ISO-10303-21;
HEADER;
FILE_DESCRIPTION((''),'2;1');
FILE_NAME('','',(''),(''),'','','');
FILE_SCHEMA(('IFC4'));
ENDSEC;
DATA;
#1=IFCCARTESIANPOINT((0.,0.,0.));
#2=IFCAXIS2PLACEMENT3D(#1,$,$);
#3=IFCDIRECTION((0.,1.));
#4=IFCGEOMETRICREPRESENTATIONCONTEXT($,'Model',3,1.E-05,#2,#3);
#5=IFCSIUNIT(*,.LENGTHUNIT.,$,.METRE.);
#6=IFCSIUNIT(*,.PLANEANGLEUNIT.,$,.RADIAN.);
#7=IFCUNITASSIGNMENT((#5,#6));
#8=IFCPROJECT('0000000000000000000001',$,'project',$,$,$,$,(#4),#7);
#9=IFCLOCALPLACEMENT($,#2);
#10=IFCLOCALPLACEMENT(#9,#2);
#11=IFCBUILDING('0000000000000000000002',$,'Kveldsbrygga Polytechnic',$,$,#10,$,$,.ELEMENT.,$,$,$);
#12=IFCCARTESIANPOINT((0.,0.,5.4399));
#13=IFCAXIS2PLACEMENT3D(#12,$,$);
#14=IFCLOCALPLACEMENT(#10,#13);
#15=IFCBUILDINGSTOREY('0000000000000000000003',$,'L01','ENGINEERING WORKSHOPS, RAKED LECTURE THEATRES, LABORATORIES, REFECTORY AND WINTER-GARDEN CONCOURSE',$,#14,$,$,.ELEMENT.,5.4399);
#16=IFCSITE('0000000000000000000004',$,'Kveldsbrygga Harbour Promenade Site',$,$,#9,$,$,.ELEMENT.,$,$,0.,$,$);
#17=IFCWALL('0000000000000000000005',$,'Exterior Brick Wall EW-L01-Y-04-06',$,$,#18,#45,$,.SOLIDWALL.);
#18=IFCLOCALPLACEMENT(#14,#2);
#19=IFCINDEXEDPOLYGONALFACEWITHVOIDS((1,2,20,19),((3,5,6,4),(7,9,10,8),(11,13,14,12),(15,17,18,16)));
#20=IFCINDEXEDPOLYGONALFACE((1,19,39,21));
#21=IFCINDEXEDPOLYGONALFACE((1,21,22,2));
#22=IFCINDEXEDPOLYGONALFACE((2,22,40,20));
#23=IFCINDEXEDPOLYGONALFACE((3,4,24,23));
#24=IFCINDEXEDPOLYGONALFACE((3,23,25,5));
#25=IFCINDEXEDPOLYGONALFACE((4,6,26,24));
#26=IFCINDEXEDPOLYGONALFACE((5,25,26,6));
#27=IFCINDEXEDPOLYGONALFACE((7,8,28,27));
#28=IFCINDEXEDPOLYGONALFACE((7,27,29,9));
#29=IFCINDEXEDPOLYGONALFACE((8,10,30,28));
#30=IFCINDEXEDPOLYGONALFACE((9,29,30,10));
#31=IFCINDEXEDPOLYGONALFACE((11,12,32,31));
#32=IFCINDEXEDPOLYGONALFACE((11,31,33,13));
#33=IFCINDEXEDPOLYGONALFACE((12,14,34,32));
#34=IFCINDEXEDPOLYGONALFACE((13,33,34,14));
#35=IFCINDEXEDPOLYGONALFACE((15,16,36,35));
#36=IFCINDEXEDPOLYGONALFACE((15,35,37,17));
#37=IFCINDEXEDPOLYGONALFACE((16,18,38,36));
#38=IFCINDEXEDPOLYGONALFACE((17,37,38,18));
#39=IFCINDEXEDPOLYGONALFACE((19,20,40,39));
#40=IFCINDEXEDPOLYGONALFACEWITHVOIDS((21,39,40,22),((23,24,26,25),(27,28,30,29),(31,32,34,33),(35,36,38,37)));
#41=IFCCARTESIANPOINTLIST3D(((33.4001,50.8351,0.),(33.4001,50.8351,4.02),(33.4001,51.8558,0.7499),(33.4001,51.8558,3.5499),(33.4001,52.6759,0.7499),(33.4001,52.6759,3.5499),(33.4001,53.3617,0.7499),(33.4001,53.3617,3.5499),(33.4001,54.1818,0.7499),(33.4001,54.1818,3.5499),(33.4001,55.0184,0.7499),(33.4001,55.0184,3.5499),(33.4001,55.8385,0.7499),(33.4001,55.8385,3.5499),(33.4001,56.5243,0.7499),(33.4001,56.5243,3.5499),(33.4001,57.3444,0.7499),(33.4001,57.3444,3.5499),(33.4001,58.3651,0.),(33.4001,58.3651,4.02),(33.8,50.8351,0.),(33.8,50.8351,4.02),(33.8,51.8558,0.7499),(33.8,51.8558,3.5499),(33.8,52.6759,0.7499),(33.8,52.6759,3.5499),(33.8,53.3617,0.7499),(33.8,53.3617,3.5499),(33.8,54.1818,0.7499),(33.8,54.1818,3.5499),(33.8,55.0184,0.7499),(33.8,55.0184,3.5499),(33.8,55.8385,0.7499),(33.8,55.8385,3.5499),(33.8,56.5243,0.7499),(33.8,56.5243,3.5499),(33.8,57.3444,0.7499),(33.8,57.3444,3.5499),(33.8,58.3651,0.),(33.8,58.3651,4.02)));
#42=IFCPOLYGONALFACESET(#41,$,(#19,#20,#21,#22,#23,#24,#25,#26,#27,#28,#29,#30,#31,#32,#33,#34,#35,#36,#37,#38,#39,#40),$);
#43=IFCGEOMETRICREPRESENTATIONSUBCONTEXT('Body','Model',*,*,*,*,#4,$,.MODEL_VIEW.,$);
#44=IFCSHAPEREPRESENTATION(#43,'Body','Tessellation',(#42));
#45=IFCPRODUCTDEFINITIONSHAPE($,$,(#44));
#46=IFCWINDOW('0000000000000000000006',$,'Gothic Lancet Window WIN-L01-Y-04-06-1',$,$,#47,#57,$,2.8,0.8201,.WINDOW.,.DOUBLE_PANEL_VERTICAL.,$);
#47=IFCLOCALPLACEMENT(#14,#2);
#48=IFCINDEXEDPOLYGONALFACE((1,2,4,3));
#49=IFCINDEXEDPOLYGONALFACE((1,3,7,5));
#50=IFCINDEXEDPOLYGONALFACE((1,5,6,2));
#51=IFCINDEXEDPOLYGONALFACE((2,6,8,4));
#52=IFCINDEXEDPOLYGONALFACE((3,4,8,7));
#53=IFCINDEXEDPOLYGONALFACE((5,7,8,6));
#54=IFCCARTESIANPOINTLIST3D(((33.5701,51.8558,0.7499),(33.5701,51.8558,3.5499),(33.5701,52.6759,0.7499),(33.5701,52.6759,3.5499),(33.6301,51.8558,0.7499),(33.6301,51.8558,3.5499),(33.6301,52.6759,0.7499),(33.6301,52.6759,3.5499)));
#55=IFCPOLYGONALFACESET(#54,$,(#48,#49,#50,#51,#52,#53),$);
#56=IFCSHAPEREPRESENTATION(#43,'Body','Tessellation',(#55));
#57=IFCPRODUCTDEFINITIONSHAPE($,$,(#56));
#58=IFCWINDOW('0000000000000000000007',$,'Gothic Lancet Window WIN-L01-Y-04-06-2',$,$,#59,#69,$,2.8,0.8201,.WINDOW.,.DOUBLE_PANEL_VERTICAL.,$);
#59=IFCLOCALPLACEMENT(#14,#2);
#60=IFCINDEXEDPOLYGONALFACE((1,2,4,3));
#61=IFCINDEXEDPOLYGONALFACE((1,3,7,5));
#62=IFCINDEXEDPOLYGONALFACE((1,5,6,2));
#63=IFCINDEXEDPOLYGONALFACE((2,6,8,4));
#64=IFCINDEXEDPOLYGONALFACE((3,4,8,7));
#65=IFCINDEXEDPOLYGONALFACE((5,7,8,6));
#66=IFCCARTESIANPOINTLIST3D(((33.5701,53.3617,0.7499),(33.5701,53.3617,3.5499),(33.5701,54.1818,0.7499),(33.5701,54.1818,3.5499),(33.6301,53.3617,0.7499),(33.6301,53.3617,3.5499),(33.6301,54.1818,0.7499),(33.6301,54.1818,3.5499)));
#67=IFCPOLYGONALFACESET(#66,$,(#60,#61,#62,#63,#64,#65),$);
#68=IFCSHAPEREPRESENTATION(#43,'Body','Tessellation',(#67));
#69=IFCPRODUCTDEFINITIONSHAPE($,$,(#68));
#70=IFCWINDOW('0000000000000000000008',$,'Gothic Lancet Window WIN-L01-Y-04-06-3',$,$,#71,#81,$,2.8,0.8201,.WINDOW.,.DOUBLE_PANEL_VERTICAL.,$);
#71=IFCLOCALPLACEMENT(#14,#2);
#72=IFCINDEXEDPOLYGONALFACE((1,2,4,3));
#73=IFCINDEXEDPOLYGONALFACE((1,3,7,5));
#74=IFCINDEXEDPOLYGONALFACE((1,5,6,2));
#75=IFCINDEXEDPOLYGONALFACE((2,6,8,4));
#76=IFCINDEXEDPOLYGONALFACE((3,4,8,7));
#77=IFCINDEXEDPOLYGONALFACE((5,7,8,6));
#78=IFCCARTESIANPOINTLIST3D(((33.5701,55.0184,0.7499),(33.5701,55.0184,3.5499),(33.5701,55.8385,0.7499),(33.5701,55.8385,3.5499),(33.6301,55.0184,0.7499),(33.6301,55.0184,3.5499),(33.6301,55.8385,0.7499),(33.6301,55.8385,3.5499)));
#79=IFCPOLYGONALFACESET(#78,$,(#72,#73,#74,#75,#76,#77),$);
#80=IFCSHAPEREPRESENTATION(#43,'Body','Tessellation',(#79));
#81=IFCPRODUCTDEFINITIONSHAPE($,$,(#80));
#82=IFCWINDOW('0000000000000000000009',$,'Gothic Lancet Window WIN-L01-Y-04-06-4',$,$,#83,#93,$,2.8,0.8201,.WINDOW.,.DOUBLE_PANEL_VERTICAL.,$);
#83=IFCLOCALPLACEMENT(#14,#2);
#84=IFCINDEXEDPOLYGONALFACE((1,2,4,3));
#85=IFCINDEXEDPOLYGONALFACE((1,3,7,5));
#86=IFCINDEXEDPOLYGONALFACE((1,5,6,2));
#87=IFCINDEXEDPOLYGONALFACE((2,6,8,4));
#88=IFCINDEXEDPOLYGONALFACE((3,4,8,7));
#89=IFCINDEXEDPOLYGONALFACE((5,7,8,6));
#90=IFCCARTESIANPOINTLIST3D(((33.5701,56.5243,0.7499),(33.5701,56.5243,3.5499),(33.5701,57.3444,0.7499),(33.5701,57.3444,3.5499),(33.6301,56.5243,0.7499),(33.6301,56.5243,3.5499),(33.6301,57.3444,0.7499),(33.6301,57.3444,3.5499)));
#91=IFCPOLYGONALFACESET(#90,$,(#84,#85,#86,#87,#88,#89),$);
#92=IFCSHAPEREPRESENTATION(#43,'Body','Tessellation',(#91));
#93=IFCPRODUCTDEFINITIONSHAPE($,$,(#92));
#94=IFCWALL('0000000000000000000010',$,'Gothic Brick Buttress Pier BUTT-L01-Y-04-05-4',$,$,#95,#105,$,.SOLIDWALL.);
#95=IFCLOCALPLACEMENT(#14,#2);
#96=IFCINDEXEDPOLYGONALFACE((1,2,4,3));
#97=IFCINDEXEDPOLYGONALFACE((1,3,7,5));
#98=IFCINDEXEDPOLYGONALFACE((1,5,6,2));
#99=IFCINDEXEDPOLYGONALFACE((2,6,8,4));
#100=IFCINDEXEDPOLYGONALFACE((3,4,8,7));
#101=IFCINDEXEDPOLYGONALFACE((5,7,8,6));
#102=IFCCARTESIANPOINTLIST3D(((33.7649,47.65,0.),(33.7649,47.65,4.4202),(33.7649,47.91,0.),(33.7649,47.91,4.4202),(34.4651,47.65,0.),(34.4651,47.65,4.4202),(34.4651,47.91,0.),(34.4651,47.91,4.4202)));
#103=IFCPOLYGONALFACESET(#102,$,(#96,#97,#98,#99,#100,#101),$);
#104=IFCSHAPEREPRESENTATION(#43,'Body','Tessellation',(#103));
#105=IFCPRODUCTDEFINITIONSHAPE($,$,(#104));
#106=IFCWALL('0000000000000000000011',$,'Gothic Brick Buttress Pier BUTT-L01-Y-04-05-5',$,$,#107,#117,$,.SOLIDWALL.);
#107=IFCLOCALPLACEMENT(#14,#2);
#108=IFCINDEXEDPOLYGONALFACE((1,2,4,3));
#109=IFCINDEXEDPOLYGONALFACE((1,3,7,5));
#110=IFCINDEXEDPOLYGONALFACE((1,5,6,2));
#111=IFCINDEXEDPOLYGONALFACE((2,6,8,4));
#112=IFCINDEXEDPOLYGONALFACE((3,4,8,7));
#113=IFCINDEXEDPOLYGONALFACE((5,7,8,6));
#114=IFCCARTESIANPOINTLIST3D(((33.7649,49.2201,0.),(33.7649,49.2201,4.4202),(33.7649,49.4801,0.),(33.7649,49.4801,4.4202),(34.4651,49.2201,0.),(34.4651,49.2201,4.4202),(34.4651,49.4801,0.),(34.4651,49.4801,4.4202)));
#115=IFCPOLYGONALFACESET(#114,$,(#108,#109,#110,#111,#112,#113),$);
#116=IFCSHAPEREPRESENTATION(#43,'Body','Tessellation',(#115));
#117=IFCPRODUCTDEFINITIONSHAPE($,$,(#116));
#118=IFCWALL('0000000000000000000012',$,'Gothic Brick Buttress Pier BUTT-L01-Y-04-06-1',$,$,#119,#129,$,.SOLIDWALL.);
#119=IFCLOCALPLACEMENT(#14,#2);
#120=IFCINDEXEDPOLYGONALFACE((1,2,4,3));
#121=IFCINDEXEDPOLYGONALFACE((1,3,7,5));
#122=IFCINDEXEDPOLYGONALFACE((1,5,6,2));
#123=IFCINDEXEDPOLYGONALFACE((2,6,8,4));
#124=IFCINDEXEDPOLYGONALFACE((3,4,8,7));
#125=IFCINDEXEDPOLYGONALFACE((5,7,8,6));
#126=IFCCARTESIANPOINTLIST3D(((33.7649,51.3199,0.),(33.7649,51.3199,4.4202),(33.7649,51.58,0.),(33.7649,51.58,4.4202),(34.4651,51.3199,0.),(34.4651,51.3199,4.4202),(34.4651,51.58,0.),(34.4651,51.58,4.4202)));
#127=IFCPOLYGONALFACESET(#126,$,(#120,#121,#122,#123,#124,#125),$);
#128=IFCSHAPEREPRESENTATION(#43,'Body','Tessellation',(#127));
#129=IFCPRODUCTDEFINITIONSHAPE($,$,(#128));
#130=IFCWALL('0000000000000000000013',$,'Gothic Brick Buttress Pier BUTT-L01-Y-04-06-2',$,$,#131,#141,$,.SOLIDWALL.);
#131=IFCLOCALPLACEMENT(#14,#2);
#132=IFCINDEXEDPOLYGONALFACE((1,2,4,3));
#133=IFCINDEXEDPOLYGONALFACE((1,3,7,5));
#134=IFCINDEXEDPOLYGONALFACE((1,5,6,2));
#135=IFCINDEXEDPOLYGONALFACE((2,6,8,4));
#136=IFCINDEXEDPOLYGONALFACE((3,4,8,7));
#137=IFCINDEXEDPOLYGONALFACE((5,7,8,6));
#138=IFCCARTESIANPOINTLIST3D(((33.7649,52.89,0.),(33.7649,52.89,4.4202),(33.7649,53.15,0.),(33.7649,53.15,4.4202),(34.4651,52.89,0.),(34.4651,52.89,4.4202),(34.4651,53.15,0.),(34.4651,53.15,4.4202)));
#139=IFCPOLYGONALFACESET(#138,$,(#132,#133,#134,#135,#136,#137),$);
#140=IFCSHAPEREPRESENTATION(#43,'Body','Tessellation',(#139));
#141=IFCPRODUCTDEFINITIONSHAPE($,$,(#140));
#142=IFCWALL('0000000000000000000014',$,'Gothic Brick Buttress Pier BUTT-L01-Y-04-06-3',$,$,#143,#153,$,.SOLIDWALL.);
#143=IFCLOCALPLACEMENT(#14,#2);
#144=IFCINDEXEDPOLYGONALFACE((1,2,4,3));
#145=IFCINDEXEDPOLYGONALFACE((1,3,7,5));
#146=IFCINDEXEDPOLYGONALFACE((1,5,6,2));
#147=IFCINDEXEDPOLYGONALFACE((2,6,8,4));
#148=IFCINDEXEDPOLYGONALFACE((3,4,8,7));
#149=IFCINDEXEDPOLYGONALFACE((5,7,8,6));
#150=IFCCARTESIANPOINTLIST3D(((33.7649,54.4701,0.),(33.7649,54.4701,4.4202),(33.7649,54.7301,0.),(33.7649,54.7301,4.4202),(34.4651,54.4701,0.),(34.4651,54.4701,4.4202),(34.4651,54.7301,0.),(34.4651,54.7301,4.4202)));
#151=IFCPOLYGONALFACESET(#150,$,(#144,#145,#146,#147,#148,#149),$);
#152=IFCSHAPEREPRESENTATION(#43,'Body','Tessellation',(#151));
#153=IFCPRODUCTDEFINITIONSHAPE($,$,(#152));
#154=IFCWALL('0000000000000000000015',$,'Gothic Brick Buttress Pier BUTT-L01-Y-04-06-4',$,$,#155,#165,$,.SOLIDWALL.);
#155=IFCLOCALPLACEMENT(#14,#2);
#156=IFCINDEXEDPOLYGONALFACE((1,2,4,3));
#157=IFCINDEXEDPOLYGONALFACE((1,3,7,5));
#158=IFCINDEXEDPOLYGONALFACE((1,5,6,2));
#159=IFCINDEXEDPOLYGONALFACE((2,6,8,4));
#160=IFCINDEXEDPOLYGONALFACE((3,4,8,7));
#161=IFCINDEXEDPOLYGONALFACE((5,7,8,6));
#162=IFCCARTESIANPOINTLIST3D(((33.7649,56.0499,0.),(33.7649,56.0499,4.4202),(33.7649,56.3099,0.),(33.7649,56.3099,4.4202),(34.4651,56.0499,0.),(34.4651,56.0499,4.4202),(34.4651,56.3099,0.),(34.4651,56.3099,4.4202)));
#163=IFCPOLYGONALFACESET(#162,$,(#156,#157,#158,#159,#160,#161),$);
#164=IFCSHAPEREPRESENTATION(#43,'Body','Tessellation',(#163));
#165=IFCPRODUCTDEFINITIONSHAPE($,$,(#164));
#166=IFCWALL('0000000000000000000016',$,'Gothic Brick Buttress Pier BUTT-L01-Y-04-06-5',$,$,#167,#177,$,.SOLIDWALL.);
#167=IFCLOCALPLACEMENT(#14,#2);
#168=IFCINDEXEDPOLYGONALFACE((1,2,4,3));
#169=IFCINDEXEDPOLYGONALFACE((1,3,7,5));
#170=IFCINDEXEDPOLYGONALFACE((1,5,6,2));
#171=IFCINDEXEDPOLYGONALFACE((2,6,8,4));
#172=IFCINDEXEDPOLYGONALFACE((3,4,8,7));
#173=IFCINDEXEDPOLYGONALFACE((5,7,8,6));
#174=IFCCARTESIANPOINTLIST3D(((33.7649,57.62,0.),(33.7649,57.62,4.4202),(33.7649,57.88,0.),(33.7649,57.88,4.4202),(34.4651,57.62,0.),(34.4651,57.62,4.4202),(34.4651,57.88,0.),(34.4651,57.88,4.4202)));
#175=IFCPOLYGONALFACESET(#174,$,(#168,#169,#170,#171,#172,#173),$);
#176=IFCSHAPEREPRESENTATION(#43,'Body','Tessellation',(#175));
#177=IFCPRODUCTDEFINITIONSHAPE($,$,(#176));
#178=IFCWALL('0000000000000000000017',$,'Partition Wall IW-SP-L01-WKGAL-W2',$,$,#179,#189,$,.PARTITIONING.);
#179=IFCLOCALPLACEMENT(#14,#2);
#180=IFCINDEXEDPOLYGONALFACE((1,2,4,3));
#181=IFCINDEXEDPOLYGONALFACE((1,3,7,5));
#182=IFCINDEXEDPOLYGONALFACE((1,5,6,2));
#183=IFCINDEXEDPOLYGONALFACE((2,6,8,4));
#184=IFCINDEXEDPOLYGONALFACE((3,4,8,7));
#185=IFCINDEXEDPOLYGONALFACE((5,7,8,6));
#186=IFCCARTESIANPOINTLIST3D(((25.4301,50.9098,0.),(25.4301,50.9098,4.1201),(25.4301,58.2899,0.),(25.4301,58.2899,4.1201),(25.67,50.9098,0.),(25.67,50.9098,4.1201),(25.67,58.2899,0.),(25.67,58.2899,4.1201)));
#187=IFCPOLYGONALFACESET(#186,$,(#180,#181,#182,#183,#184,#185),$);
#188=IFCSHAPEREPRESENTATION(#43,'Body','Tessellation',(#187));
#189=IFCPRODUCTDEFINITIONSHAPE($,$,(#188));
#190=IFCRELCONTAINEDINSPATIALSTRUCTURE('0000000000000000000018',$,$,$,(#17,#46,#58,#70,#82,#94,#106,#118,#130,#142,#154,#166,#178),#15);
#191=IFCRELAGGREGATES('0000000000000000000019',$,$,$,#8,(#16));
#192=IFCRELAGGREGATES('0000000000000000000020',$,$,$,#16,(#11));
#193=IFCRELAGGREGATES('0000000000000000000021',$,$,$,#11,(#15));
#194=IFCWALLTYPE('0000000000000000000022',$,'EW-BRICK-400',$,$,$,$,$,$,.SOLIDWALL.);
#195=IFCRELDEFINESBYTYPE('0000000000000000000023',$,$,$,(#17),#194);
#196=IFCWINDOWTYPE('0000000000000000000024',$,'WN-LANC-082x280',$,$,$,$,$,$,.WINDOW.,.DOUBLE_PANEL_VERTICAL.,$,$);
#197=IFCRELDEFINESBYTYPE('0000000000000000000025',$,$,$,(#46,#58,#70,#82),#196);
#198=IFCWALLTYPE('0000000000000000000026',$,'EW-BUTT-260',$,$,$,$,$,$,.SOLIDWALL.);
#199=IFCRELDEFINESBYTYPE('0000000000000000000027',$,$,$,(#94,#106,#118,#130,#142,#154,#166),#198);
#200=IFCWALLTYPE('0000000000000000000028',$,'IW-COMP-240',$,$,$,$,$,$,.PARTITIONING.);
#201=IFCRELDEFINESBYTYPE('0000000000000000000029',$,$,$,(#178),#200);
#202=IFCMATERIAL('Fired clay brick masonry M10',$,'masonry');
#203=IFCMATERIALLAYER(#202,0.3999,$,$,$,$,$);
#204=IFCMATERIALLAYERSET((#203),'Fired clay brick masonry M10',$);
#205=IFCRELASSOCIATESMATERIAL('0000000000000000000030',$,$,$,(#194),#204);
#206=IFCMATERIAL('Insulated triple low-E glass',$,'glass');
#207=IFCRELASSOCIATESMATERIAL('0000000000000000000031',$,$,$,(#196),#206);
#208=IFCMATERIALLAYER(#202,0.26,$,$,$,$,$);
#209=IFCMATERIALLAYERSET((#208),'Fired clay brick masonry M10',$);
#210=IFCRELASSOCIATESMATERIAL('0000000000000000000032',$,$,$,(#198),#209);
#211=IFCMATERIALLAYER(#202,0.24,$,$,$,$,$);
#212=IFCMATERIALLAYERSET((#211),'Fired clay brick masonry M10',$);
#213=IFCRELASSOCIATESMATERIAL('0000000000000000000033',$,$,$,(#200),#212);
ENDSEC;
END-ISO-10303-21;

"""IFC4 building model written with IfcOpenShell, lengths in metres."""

from ifc_helpers import new_model, si_unit, direction, frame, frame_2d, origin, place, context, subcontext, project, spatial, rectangle, extrude, material, layer, layer_set, type_object, element, fill, save


model = new_model("IFC4")

# Units and contexts
model_context = context("Model", 3, precision=1e-05, world=origin(), true_north=direction((0.0, 1.0)))
body_context = subcontext(model_context, "Body", "Model", "MODEL_VIEW")
ifc_project = project(units=[si_unit("LENGTHUNIT", "METRE"), si_unit("PLANEANGLEUNIT", "RADIAN")], contexts=[model_context])

# Site, building, storey
site_placement = place(None, origin())
site = spatial("IfcSite", under=ifc_project, at=site_placement, Name="Kveldsbrygga Harbour Promenade Site", CompositionType="ELEMENT", RefElevation=0.0)
building_placement = place(site_placement, origin())
building = spatial("IfcBuilding", under=site, at=building_placement, Name="Kveldsbrygga Polytechnic", CompositionType="ELEMENT")
storey_placement = place(building_placement, frame((0.0, 0.0, 5.4399)))
storey = spatial("IfcBuildingStorey", under=building, at=storey_placement, Name="L01", Description="ENGINEERING WORKSHOPS, RAKED LECTURE THEATRES, LABORATORIES, REFECTORY AND WINTER-GARDEN CONCOURSE", CompositionType="ELEMENT", Elevation=5.4399)

# Wall, openings, windows
ifc_material_1 = material(Name="Fired clay brick masonry M10", Category="masonry")
ifc_material_2 = material(Name="Insulated triple low-E glass", Category="glass")
ifc_layer_1 = layer(ifc_material_1, 0.3999)
ifc_layer_set_1 = layer_set([ifc_layer_1], Name="Fired clay brick masonry M10")
wall_type_1 = type_object("IfcWallType", Name="EW-BRICK-400", PredefinedType="SOLIDWALL", material=ifc_layer_set_1)
wall_1_placement = place(storey_placement, frame((33.6001, 50.835, 0.0), z_axis=(0.0, 0.0, 1.0), x_axis=(0.0, 1.0, 0.0)))
wall_1 = element("IfcWall", 1, at=wall_1_placement, inside=storey, type_object=wall_type_1, Name="Exterior Brick Wall EW-L01-Y-04-06", PredefinedType="SOLIDWALL", context=body_context, shape_type="SweptSolid", body=[
    extrude(rectangle(XDim=7.53, YDim=0.3999, at=frame_2d((3.7651, 0.0))), origin(), (0.0, 0.0, 1.0), 4.02),
])
opening_1_placement = place(wall_1_placement, frame((1.0208, 0.0, 0.75)))
opening_1 = element("IfcOpeningElement", 2, at=opening_1_placement, cuts=wall_1, PredefinedType="OPENING", context=body_context, shape_type="SweptSolid", body=[
    extrude(rectangle(XDim=0.8201, YDim=2.8, at=frame_2d((0.4102, 1.3999))), frame((0.0, 0.21, 0.0), z_axis=(0.0, -1.0, 0.0), x_axis=(1.0, 0.0, 0.0)), (0.0, 0.0, 1.0), 0.4199),
])
opening_2_placement = place(wall_1_placement, frame((2.5266, 0.0, 0.75)))
opening_2 = element("IfcOpeningElement", 3, at=opening_2_placement, cuts=wall_1, PredefinedType="OPENING", context=body_context, shape_type="SweptSolid", body=[
    extrude(rectangle(XDim=0.8201, YDim=2.8, at=frame_2d((0.4102, 1.3999))), frame((0.0, 0.21, 0.0), z_axis=(0.0, -1.0, 0.0), x_axis=(1.0, 0.0, 0.0)), (0.0, 0.0, 1.0), 0.4199),
])
opening_3_placement = place(wall_1_placement, frame((4.1833, 0.0, 0.75)))
opening_3 = element("IfcOpeningElement", 4, at=opening_3_placement, cuts=wall_1, PredefinedType="OPENING", context=body_context, shape_type="SweptSolid", body=[
    extrude(rectangle(XDim=0.8201, YDim=2.8, at=frame_2d((0.4102, 1.3999))), frame((0.0, 0.21, 0.0), z_axis=(0.0, -1.0, 0.0), x_axis=(1.0, 0.0, 0.0)), (0.0, 0.0, 1.0), 0.4199),
])
opening_4_placement = place(wall_1_placement, frame((5.6892, 0.0, 0.75)))
opening_4 = element("IfcOpeningElement", 5, at=opening_4_placement, cuts=wall_1, PredefinedType="OPENING", context=body_context, shape_type="SweptSolid", body=[
    extrude(rectangle(XDim=0.8201, YDim=2.8, at=frame_2d((0.4102, 1.3999))), frame((0.0, 0.21, 0.0), z_axis=(0.0, -1.0, 0.0), x_axis=(1.0, 0.0, 0.0)), (0.0, 0.0, 1.0), 0.4199),
])
window_type_1 = type_object("IfcWindowType", Name="WN-LANC-082x280", PartitioningType="DOUBLE_PANEL_VERTICAL", PredefinedType="WINDOW", material=ifc_material_2)
window_1_placement = place(opening_1_placement, origin())
window_1 = element("IfcWindow", 6, at=window_1_placement, inside=storey, type_object=window_type_1, Name="Gothic Lancet Window WIN-L01-Y-04-06-1", OverallHeight=2.8, OverallWidth=0.8201, PartitioningType="DOUBLE_PANEL_VERTICAL", PredefinedType="WINDOW", context=body_context, shape_type="SweptSolid", body=[
    extrude(rectangle(XDim=0.8201, YDim=2.8, at=frame_2d((0.4102, 1.3999))), frame((0.0, 0.03, 0.0), z_axis=(0.0, -1.0, 0.0), x_axis=(1.0, 0.0, 0.0)), (0.0, 0.0, 1.0), 0.0601),
])
fill(opening_1, window_1)
window_2_placement = place(opening_2_placement, origin())
window_2 = element("IfcWindow", 7, at=window_2_placement, inside=storey, type_object=window_type_1, Name="Gothic Lancet Window WIN-L01-Y-04-06-2", OverallHeight=2.8, OverallWidth=0.8201, PartitioningType="DOUBLE_PANEL_VERTICAL", PredefinedType="WINDOW", context=body_context, shape_type="SweptSolid", body=[
    extrude(rectangle(XDim=0.8201, YDim=2.8, at=frame_2d((0.4102, 1.3999))), frame((0.0, 0.03, 0.0), z_axis=(0.0, -1.0, 0.0), x_axis=(1.0, 0.0, 0.0)), (0.0, 0.0, 1.0), 0.0601),
])
fill(opening_2, window_2)
window_3_placement = place(opening_3_placement, origin())
window_3 = element("IfcWindow", 8, at=window_3_placement, inside=storey, type_object=window_type_1, Name="Gothic Lancet Window WIN-L01-Y-04-06-3", OverallHeight=2.8, OverallWidth=0.8201, PartitioningType="DOUBLE_PANEL_VERTICAL", PredefinedType="WINDOW", context=body_context, shape_type="SweptSolid", body=[
    extrude(rectangle(XDim=0.8201, YDim=2.8, at=frame_2d((0.4102, 1.3999))), frame((0.0, 0.03, 0.0), z_axis=(0.0, -1.0, 0.0), x_axis=(1.0, 0.0, 0.0)), (0.0, 0.0, 1.0), 0.0601),
])
fill(opening_3, window_3)
window_4_placement = place(opening_4_placement, origin())
window_4 = element("IfcWindow", 9, at=window_4_placement, inside=storey, type_object=window_type_1, Name="Gothic Lancet Window WIN-L01-Y-04-06-4", OverallHeight=2.8, OverallWidth=0.8201, PartitioningType="DOUBLE_PANEL_VERTICAL", PredefinedType="WINDOW", context=body_context, shape_type="SweptSolid", body=[
    extrude(rectangle(XDim=0.8201, YDim=2.8, at=frame_2d((0.4102, 1.3999))), frame((0.0, 0.03, 0.0), z_axis=(0.0, -1.0, 0.0), x_axis=(1.0, 0.0, 0.0)), (0.0, 0.0, 1.0), 0.0601),
])
fill(opening_4, window_4)

# Walls
ifc_layer_2 = layer(ifc_material_1, 0.26)
ifc_layer_set_2 = layer_set([ifc_layer_2], Name="Fired clay brick masonry M10")
wall_type_2 = type_object("IfcWallType", Name="EW-BUTT-260", PredefinedType="SOLIDWALL", material=ifc_layer_set_2)
for number, where, z_axis, x_axis, name in (
    (10, (33.7649, 47.78, 0.0), (0.0, 0.0, 1.0), (1.0, 0.0, 0.0), "Gothic Brick Buttress Pier BUTT-L01-Y-04-05-4"),
    (11, (33.7649, 49.3501, 0.0), (0.0, 0.0, 1.0), (1.0, 0.0, 0.0), "Gothic Brick Buttress Pier BUTT-L01-Y-04-05-5"),
    (12, (33.7649, 51.45, 0.0), (0.0, 0.0, 1.0), (1.0, 0.0, 0.0), "Gothic Brick Buttress Pier BUTT-L01-Y-04-06-1"),
    (13, (33.7649, 53.02, 0.0), (0.0, 0.0, 1.0), (1.0, 0.0, 0.0), "Gothic Brick Buttress Pier BUTT-L01-Y-04-06-2"),
    (14, (33.7649, 54.6001, 0.0), (0.0, 0.0, 1.0), (1.0, 0.0, 0.0), "Gothic Brick Buttress Pier BUTT-L01-Y-04-06-3"),
    (15, (33.7649, 56.1799, 0.0), (0.0, 0.0, 1.0), (1.0, 0.0, 0.0), "Gothic Brick Buttress Pier BUTT-L01-Y-04-06-4"),
    (16, (33.7649, 57.75, 0.0), (0.0, 0.0, 1.0), (1.0, 0.0, 0.0), "Gothic Brick Buttress Pier BUTT-L01-Y-04-06-5"),
):
    element("IfcWall", number, at=place(storey_placement, frame(where, z_axis=z_axis, x_axis=x_axis)), inside=storey, type_object=wall_type_2, Name=name, PredefinedType="SOLIDWALL", context=body_context, shape_type="SweptSolid", body=[
        extrude(rectangle(XDim=0.7002, YDim=0.26, at=frame_2d((0.3501, 0.0))), origin(), (0.0, 0.0, 1.0), 4.4202),
    ])
ifc_layer_3 = layer(ifc_material_1, 0.24)
ifc_layer_set_3 = layer_set([ifc_layer_3], Name="Fired clay brick masonry M10")
wall_type_3 = type_object("IfcWallType", Name="IW-COMP-240", PredefinedType="PARTITIONING", material=ifc_layer_set_3)
wall_2_placement = place(storey_placement, frame((25.55, 50.9099, 0.0), z_axis=(0.0, 0.0, 1.0), x_axis=(0.0, 1.0, 0.0)))
element("IfcWall", 17, at=wall_2_placement, inside=storey, type_object=wall_type_3, Name="Partition Wall IW-SP-L01-WKGAL-W2", PredefinedType="PARTITIONING", context=body_context, shape_type="SweptSolid", body=[
    extrude(rectangle(XDim=7.3801, YDim=0.24, at=frame_2d((3.6899, 0.0))), origin(), (0.0, 0.0, 1.0), 4.1201),
])

save(model, "model.ifc")
